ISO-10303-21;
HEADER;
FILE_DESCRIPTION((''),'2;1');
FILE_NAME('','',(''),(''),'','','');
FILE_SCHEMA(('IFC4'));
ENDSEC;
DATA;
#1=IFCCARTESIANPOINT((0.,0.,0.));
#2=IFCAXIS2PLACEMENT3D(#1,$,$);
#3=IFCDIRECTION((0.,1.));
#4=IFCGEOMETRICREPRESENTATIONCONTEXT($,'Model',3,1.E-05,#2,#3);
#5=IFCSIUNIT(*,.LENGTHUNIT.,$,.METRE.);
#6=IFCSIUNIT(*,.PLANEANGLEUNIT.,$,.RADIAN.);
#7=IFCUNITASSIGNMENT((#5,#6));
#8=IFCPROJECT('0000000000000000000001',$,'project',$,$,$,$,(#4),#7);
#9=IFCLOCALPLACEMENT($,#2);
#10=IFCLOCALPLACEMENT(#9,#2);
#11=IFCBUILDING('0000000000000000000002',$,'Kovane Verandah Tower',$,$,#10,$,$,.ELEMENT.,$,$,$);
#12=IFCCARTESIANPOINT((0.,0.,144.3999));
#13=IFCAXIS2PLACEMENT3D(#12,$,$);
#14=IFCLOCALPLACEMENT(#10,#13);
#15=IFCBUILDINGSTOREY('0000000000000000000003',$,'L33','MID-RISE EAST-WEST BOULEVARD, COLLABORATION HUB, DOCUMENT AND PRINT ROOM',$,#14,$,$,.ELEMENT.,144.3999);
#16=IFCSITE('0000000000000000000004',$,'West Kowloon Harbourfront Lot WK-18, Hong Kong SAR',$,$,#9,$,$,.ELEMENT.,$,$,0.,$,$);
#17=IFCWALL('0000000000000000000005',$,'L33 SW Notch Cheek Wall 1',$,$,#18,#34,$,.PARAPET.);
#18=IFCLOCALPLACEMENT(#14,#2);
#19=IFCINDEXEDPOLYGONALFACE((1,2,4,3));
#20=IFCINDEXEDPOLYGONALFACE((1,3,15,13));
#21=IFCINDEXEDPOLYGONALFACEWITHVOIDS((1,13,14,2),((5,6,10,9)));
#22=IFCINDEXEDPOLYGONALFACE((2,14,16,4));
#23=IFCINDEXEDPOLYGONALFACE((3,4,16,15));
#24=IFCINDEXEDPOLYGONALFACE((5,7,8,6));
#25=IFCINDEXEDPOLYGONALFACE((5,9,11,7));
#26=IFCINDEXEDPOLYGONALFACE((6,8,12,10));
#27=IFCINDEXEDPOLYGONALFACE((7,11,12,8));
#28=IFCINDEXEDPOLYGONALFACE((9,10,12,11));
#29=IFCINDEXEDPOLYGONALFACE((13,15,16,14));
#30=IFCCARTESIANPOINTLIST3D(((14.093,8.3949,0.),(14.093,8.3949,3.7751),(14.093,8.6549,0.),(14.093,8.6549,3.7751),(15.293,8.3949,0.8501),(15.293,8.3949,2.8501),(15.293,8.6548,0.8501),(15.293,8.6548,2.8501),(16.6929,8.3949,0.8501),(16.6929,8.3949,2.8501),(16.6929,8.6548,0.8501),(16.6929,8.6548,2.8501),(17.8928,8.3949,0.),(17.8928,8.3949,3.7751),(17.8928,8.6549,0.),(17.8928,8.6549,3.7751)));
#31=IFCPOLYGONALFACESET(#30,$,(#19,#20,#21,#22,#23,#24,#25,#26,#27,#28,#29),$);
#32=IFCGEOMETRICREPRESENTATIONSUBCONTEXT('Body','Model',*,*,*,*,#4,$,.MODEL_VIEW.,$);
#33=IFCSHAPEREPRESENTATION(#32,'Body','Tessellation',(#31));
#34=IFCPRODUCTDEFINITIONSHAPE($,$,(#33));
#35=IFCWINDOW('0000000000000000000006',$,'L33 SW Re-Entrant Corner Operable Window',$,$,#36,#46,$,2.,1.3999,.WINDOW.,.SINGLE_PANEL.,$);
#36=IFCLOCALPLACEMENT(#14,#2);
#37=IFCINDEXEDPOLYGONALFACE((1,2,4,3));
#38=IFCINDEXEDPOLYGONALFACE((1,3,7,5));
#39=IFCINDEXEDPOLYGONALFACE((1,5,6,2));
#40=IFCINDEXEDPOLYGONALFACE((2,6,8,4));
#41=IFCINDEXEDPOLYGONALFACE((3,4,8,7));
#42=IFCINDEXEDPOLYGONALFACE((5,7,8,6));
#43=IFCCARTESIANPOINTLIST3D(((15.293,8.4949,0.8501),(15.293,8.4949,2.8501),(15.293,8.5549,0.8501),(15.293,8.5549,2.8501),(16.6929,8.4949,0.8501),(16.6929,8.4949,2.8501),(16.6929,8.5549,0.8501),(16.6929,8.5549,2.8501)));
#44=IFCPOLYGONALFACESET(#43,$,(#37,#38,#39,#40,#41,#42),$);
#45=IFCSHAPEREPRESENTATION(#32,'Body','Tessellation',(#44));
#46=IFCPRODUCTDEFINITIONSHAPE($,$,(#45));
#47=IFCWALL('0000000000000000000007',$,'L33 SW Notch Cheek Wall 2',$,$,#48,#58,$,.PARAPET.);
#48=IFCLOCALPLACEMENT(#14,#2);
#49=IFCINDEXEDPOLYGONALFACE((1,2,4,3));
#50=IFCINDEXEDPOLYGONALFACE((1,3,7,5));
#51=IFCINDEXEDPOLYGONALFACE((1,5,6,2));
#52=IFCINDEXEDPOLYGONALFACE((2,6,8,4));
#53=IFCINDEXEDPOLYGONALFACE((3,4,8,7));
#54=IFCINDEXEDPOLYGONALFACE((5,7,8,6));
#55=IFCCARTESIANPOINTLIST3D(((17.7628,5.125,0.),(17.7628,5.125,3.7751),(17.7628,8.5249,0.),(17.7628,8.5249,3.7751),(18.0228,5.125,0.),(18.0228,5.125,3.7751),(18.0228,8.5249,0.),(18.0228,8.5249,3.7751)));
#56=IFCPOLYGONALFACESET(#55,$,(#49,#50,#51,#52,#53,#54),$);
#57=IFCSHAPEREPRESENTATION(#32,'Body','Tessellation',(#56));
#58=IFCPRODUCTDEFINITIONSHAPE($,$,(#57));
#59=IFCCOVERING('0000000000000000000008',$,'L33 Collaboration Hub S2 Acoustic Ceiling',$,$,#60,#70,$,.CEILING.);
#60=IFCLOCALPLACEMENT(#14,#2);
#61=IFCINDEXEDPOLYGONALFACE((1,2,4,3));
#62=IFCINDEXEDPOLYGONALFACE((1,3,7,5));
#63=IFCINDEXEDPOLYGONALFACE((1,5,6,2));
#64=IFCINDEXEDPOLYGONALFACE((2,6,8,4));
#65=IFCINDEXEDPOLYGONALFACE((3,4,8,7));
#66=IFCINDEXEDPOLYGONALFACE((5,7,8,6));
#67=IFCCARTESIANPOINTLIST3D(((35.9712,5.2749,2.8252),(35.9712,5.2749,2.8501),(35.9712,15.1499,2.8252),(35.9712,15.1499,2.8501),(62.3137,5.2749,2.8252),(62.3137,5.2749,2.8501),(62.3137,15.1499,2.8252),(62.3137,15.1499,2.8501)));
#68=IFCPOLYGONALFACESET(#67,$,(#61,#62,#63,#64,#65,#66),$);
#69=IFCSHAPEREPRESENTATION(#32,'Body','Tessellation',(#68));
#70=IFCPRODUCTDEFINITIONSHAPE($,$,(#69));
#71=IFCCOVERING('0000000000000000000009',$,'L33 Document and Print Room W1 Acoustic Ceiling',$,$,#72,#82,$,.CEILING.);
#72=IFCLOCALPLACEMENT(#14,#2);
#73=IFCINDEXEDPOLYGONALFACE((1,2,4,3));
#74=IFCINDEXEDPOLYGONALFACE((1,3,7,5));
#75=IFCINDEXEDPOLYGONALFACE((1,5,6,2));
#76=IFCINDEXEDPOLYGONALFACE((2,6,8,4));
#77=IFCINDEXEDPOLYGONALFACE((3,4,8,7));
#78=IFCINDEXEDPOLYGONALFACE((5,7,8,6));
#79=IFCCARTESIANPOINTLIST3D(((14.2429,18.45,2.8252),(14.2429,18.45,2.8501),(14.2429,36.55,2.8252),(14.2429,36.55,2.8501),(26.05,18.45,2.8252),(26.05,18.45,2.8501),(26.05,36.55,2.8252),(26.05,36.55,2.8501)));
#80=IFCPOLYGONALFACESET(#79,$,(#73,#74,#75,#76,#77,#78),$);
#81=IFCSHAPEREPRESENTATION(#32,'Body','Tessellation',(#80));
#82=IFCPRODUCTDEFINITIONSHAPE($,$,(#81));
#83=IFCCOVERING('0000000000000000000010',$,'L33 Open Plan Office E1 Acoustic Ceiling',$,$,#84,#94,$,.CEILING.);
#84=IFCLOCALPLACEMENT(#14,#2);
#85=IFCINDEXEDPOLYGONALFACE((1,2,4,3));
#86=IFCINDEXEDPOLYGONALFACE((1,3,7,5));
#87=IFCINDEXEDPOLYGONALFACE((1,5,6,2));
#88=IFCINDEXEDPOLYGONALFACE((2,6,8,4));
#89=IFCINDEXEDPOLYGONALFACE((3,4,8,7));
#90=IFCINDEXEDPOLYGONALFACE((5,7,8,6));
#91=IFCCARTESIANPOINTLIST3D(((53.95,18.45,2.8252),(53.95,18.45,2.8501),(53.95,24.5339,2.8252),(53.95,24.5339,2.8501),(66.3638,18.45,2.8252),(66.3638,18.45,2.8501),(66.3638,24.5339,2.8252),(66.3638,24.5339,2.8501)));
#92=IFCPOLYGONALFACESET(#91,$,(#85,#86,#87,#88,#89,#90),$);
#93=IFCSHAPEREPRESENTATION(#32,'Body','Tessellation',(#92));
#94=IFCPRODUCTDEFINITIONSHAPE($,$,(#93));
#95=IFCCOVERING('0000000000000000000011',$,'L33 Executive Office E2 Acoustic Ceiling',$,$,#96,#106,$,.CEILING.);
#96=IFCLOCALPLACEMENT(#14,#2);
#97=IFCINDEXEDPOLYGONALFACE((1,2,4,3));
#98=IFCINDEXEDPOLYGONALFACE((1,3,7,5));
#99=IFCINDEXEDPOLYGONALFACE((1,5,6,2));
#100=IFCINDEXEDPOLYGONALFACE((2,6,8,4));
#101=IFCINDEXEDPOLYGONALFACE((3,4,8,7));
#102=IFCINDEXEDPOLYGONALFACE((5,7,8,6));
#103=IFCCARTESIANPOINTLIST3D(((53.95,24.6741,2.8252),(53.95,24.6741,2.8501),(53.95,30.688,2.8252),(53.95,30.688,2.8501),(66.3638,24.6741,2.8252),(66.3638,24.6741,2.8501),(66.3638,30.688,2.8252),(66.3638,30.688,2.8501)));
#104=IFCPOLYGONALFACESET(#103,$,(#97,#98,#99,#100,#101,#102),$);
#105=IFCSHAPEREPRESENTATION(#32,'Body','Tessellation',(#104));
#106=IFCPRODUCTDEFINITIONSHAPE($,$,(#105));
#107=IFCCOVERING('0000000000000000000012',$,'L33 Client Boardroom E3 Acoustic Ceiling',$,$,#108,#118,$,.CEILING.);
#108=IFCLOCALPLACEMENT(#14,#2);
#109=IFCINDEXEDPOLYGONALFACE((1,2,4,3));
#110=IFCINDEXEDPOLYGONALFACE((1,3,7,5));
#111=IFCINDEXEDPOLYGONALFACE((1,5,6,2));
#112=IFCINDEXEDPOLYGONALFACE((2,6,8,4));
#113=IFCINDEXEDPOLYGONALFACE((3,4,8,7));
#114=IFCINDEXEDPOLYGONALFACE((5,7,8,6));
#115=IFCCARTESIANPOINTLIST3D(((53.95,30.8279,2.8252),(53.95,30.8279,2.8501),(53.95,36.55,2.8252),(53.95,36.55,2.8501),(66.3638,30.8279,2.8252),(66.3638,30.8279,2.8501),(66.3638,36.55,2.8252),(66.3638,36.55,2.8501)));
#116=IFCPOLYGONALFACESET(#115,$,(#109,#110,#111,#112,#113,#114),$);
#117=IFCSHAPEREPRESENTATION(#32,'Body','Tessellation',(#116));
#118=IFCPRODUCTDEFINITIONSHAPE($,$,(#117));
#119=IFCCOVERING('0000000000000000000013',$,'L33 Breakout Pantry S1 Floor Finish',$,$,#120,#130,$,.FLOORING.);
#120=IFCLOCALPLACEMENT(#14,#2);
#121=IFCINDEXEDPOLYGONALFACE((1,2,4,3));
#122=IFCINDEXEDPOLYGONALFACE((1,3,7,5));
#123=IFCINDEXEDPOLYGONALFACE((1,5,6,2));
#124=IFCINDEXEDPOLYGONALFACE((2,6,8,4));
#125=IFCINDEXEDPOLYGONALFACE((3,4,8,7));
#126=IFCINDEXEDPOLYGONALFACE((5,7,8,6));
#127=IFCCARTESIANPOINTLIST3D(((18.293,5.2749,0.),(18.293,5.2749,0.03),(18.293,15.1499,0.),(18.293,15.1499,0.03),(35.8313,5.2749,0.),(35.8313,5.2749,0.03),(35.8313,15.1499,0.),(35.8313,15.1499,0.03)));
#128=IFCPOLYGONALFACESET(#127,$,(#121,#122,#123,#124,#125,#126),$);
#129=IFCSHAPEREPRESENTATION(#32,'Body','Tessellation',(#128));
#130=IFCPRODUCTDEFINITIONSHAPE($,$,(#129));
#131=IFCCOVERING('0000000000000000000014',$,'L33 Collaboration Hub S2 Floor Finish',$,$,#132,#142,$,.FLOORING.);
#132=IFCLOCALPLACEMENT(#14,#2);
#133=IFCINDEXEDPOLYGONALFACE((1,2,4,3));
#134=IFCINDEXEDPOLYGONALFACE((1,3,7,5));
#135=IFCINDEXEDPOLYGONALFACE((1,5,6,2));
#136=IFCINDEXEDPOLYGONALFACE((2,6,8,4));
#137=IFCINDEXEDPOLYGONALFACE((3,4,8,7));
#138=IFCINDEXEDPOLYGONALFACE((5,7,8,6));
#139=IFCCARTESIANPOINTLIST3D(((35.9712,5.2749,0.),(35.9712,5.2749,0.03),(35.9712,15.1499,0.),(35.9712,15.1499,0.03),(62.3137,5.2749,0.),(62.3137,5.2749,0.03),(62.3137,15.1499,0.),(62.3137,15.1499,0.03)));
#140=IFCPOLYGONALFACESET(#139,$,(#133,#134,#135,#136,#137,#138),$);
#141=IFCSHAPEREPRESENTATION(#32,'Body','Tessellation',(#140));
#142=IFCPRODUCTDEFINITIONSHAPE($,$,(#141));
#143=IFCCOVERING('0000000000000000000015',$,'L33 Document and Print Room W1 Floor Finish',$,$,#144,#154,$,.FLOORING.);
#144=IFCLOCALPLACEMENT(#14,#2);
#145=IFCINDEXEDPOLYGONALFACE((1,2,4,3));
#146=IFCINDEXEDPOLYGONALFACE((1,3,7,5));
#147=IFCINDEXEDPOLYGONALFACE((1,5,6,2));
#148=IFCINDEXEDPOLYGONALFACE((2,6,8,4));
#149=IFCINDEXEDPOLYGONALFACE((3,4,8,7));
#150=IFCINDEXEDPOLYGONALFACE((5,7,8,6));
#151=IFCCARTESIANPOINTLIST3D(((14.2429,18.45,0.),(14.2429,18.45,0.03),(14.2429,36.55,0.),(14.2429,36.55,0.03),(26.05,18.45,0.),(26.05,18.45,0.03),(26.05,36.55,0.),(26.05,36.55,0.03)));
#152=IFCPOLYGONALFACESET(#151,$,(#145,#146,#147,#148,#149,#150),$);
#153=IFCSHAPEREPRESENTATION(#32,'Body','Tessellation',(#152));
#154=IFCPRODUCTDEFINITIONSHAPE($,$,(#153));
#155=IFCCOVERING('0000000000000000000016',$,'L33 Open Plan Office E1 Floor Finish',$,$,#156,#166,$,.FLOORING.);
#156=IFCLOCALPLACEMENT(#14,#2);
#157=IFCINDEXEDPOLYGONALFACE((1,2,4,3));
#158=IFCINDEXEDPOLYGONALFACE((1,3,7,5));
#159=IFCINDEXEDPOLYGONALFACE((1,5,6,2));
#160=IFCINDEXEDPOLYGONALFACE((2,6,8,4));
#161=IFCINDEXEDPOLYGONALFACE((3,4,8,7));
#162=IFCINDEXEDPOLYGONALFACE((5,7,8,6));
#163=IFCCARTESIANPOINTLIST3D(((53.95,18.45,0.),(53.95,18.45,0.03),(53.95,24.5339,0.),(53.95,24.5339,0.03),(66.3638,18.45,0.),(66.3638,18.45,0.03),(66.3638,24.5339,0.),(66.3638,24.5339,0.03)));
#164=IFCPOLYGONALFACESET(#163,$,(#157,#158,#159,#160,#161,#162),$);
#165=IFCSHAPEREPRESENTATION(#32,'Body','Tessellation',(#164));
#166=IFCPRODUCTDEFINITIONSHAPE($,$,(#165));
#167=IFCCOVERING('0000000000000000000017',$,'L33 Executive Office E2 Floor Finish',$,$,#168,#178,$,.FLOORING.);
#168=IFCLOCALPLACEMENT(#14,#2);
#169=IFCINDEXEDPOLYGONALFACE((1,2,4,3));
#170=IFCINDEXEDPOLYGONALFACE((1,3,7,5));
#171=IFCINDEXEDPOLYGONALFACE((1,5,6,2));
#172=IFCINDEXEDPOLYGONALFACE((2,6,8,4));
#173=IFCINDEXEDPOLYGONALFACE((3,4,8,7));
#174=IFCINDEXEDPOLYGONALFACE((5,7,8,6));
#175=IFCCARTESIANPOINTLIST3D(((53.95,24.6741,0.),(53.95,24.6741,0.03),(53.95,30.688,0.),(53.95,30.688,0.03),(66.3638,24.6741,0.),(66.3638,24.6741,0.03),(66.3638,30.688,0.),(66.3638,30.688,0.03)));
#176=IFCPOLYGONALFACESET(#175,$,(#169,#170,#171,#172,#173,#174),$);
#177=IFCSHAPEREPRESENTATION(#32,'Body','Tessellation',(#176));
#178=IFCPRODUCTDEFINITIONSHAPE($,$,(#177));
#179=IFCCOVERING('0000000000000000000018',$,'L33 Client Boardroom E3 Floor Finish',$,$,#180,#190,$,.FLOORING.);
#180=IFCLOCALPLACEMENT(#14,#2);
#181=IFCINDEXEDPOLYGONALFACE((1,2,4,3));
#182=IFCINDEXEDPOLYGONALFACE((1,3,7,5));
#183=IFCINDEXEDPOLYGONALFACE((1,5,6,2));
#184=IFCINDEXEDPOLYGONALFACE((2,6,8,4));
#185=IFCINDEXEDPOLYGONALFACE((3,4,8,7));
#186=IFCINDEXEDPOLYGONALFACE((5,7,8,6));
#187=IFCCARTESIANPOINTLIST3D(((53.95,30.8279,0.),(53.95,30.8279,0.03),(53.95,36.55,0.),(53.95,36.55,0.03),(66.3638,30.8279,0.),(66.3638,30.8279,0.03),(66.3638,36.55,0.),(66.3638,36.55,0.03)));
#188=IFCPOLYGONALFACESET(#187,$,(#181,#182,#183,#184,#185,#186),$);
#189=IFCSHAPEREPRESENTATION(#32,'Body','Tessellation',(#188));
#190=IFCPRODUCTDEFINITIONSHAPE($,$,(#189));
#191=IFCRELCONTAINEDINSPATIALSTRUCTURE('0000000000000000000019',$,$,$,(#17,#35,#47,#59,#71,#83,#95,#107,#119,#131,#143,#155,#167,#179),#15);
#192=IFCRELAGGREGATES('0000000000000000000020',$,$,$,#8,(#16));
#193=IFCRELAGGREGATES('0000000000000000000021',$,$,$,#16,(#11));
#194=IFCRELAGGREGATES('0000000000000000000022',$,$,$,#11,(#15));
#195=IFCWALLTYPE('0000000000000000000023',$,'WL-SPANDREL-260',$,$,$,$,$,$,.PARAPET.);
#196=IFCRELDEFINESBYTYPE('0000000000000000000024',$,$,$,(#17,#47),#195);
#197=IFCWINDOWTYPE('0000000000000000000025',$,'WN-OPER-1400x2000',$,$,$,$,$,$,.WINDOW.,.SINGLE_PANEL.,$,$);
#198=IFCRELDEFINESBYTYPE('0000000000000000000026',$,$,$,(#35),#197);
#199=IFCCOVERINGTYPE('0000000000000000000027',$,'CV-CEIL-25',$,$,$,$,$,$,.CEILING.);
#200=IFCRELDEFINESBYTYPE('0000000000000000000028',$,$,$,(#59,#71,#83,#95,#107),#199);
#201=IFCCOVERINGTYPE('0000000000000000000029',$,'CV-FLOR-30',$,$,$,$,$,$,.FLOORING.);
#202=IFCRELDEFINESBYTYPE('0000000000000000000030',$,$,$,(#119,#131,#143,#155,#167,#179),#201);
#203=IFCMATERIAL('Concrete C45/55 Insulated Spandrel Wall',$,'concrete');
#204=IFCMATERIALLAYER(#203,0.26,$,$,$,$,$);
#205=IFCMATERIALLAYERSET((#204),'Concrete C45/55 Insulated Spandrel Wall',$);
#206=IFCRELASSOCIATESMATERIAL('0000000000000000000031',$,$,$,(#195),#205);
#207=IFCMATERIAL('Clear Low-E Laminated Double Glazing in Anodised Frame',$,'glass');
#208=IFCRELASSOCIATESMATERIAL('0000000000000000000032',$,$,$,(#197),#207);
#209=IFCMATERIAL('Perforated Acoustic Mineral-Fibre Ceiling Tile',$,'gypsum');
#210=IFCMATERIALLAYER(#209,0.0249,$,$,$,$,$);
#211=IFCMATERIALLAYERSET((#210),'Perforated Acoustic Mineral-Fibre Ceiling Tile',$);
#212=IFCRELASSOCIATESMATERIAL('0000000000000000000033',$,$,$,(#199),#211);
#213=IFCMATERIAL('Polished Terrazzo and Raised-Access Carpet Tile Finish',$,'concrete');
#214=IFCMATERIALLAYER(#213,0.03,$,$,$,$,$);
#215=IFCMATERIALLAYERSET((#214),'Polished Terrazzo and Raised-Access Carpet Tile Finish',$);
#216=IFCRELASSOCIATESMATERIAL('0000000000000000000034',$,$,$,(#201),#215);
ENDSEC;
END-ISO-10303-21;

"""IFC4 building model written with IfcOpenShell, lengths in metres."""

from ifc_helpers import new_model, si_unit, direction, frame, frame_2d, origin, place, context, subcontext, project, spatial, polyline, rectangle, outline, extrude, material, layer, layer_set, type_object, element, fill, save


model = new_model("IFC4")

# Units and contexts
model_context = context("Model", 3, precision=1e-05, world=origin(), true_north=direction((0.0, 1.0)))
body_context = subcontext(model_context, "Body", "Model", "MODEL_VIEW")
ifc_project = project(units=[si_unit("LENGTHUNIT", "METRE"), si_unit("PLANEANGLEUNIT", "RADIAN")], contexts=[model_context])

# Site, building, storey
site_placement = place(None, origin())
site = spatial("IfcSite", under=ifc_project, at=site_placement, Name="West Kowloon Harbourfront Lot WK-18, Hong Kong SAR", CompositionType="ELEMENT", RefElevation=0.0)
building_placement = place(site_placement, origin())
building = spatial("IfcBuilding", under=site, at=building_placement, Name="Kovane Verandah Tower", CompositionType="ELEMENT")
storey_placement = place(building_placement, frame((0.0, 0.0, 144.3999)))
storey = spatial("IfcBuildingStorey", under=building, at=storey_placement, Name="L33", Description="MID-RISE EAST-WEST BOULEVARD, COLLABORATION HUB, DOCUMENT AND PRINT ROOM", CompositionType="ELEMENT", Elevation=144.3999)

# Shared definitions
ifc_material_1 = material(Name="Concrete C45/55 Insulated Spandrel Wall", Category="concrete")
ifc_layer_1 = layer(ifc_material_1, 0.26)
ifc_layer_set_1 = layer_set([ifc_layer_1], Name="Concrete C45/55 Insulated Spandrel Wall")
wall_type_1 = type_object("IfcWallType", Name="WL-SPANDREL-260", PredefinedType="PARAPET", material=ifc_layer_set_1)
ifc_material_2 = material(Name="Clear Low-E Laminated Double Glazing in Anodised Frame", Category="glass")

# Wall, opening, window
wall_1_placement = place(storey_placement, frame((14.093, 8.5249, 0.0), z_axis=(0.0, 0.0, 1.0), x_axis=(1.0, 0.0, 0.0)))
wall_1 = element("IfcWall", 1, at=wall_1_placement, inside=storey, type_object=wall_type_1, Name="L33 SW Notch Cheek Wall 1", PredefinedType="PARAPET", context=body_context, shape_type="SweptSolid", body=[
    extrude(rectangle(XDim=3.7998, YDim=0.26, at=frame_2d((1.8999, 0.0))), origin(), (0.0, 0.0, 1.0), 3.7751),
])
opening_1_placement = place(wall_1_placement, frame((1.2, 0.0, 0.8501)))
opening_1 = element("IfcOpeningElement", 2, at=opening_1_placement, cuts=wall_1, PredefinedType="OPENING", context=body_context, shape_type="SweptSolid", body=[
    extrude(rectangle(XDim=1.3999, YDim=2.0, at=frame_2d((0.7, 1.0))), frame((0.0, 0.1299, 0.0), z_axis=(0.0, -1.0, 0.0), x_axis=(1.0, 0.0, 0.0)), (0.0, 0.0, 1.0), 0.26),
])
window_type_1 = type_object("IfcWindowType", Name="WN-OPER-1400x2000", PartitioningType="SINGLE_PANEL", PredefinedType="WINDOW", material=ifc_material_2)
window_1_placement = place(opening_1_placement, origin())
window_1 = element("IfcWindow", 3, at=window_1_placement, inside=storey, type_object=window_type_1, Name="L33 SW Re-Entrant Corner Operable Window", OverallHeight=2.0, OverallWidth=1.3999, PartitioningType="SINGLE_PANEL", PredefinedType="WINDOW", context=body_context, shape_type="SweptSolid", body=[
    extrude(rectangle(XDim=1.3999, YDim=2.0, at=frame_2d((0.7, 1.0))), frame((0.0, 0.03, 0.0), z_axis=(0.0, -1.0, 0.0), x_axis=(1.0, 0.0, 0.0)), (0.0, 0.0, 1.0), 0.0601),
])
fill(opening_1, window_1)

# Wall
wall_2_placement = place(storey_placement, frame((17.8928, 8.5249, 0.0), z_axis=(0.0, 0.0, 1.0), x_axis=(0.0, -1.0, 0.0)))
element("IfcWall", 4, at=wall_2_placement, inside=storey, type_object=wall_type_1, Name="L33 SW Notch Cheek Wall 2", PredefinedType="PARAPET", context=body_context, shape_type="SweptSolid", body=[
    extrude(rectangle(XDim=3.3999, YDim=0.26, at=frame_2d((1.7, 0.0))), origin(), (0.0, 0.0, 1.0), 3.7751),
])

# Coverings
ifc_material_3 = material(Name="Perforated Acoustic Mineral-Fibre Ceiling Tile", Category="gypsum")
ifc_layer_2 = layer(ifc_material_3, 0.0249)
ifc_layer_set_2 = layer_set([ifc_layer_2], Name="Perforated Acoustic Mineral-Fibre Ceiling Tile")
covering_type_1 = type_object("IfcCoveringType", Name="CV-CEIL-25", PredefinedType="CEILING", material=ifc_layer_set_2)
covering_1_placement = place(storey_placement, frame((0.0, 0.0, 2.8252)))
element("IfcCovering", 5, at=covering_1_placement, inside=storey, type_object=covering_type_1, Name="L33 Collaboration Hub S2 Acoustic Ceiling", PredefinedType="CEILING", context=body_context, shape_type="SweptSolid", body=[
    extrude(outline(polyline([(35.9712, 5.2749), (62.3137, 5.2749), (62.3137, 15.1499), (35.9712, 15.1499), (35.9712, 5.2749)])), origin(), (0.0, 0.0, 1.0), 0.0249),
])
covering_2_placement = place(storey_placement, frame((0.0, 0.0, 2.8252)))
element("IfcCovering", 6, at=covering_2_placement, inside=storey, type_object=covering_type_1, Name="L33 Document and Print Room W1 Acoustic Ceiling", PredefinedType="CEILING", context=body_context, shape_type="SweptSolid", body=[
    extrude(outline(polyline([(14.2429, 18.45), (26.05, 18.45), (26.05, 36.55), (14.2429, 36.55), (14.2429, 18.45)])), origin(), (0.0, 0.0, 1.0), 0.0249),
])
covering_3_placement = place(storey_placement, frame((0.0, 0.0, 2.8252)))
element("IfcCovering", 7, at=covering_3_placement, inside=storey, type_object=covering_type_1, Name="L33 Open Plan Office E1 Acoustic Ceiling", PredefinedType="CEILING", context=body_context, shape_type="SweptSolid", body=[
    extrude(outline(polyline([(53.95, 18.45), (66.3638, 18.45), (66.3638, 24.5339), (53.95, 24.5339), (53.95, 18.45)])), origin(), (0.0, 0.0, 1.0), 0.0249),
])
covering_4_placement = place(storey_placement, frame((0.0, 0.0, 2.8252)))
element("IfcCovering", 8, at=covering_4_placement, inside=storey, type_object=covering_type_1, Name="L33 Executive Office E2 Acoustic Ceiling", PredefinedType="CEILING", context=body_context, shape_type="SweptSolid", body=[
    extrude(outline(polyline([(53.95, 24.6741), (66.3638, 24.6741), (66.3638, 30.688), (53.95, 30.688), (53.95, 24.6741)])), origin(), (0.0, 0.0, 1.0), 0.0249),
])
covering_5_placement = place(storey_placement, frame((0.0, 0.0, 2.8252)))
element("IfcCovering", 9, at=covering_5_placement, inside=storey, type_object=covering_type_1, Name="L33 Client Boardroom E3 Acoustic Ceiling", PredefinedType="CEILING", context=body_context, shape_type="SweptSolid", body=[
    extrude(outline(polyline([(53.95, 30.8279), (66.3638, 30.8279), (66.3638, 36.55), (53.95, 36.55), (53.95, 30.8279)])), origin(), (0.0, 0.0, 1.0), 0.0249),
])
ifc_material_4 = material(Name="Polished Terrazzo and Raised-Access Carpet Tile Finish", Category="concrete")
ifc_layer_3 = layer(ifc_material_4, 0.03)
ifc_layer_set_3 = layer_set([ifc_layer_3], Name="Polished Terrazzo and Raised-Access Carpet Tile Finish")
covering_type_2 = type_object("IfcCoveringType", Name="CV-FLOR-30", PredefinedType="FLOORING", material=ifc_layer_set_3)
covering_6_placement = place(storey_placement, origin())
element("IfcCovering", 10, at=covering_6_placement, inside=storey, type_object=covering_type_2, Name="L33 Breakout Pantry S1 Floor Finish", PredefinedType="FLOORING", context=body_context, shape_type="SweptSolid", body=[
    extrude(outline(polyline([(18.293, 5.2749), (35.8313, 5.2749), (35.8313, 15.1499), (18.293, 15.1499), (18.293, 5.2749)])), origin(), (0.0, 0.0, 1.0), 0.03),
])
covering_7_placement = place(storey_placement, origin())
element("IfcCovering", 11, at=covering_7_placement, inside=storey, type_object=covering_type_2, Name="L33 Collaboration Hub S2 Floor Finish", PredefinedType="FLOORING", context=body_context, shape_type="SweptSolid", body=[
    extrude(outline(polyline([(35.9712, 5.2749), (62.3137, 5.2749), (62.3137, 15.1499), (35.9712, 15.1499), (35.9712, 5.2749)])), origin(), (0.0, 0.0, 1.0), 0.03),
])
covering_8_placement = place(storey_placement, origin())
element("IfcCovering", 12, at=covering_8_placement, inside=storey, type_object=covering_type_2, Name="L33 Document and Print Room W1 Floor Finish", PredefinedType="FLOORING", context=body_context, shape_type="SweptSolid", body=[
    extrude(outline(polyline([(14.2429, 18.45), (26.05, 18.45), (26.05, 36.55), (14.2429, 36.55), (14.2429, 18.45)])), origin(), (0.0, 0.0, 1.0), 0.03),
])
covering_9_placement = place(storey_placement, origin())
element("IfcCovering", 13, at=covering_9_placement, inside=storey, type_object=covering_type_2, Name="L33 Open Plan Office E1 Floor Finish", PredefinedType="FLOORING", context=body_context, shape_type="SweptSolid", body=[
    extrude(outline(polyline([(53.95, 18.45), (66.3638, 18.45), (66.3638, 24.5339), (53.95, 24.5339), (53.95, 18.45)])), origin(), (0.0, 0.0, 1.0), 0.03),
])
covering_10_placement = place(storey_placement, origin())
element("IfcCovering", 14, at=covering_10_placement, inside=storey, type_object=covering_type_2, Name="L33 Executive Office E2 Floor Finish", PredefinedType="FLOORING", context=body_context, shape_type="SweptSolid", body=[
    extrude(outline(polyline([(53.95, 24.6741), (66.3638, 24.6741), (66.3638, 30.688), (53.95, 30.688), (53.95, 24.6741)])), origin(), (0.0, 0.0, 1.0), 0.03),
])
covering_11_placement = place(storey_placement, origin())
element("IfcCovering", 15, at=covering_11_placement, inside=storey, type_object=covering_type_2, Name="L33 Client Boardroom E3 Floor Finish", PredefinedType="FLOORING", context=body_context, shape_type="SweptSolid", body=[
    extrude(outline(polyline([(53.95, 30.8279), (66.3638, 30.8279), (66.3638, 36.55), (53.95, 36.55), (53.95, 30.8279)])), origin(), (0.0, 0.0, 1.0), 0.03),
])

save(model, "model.ifc")
